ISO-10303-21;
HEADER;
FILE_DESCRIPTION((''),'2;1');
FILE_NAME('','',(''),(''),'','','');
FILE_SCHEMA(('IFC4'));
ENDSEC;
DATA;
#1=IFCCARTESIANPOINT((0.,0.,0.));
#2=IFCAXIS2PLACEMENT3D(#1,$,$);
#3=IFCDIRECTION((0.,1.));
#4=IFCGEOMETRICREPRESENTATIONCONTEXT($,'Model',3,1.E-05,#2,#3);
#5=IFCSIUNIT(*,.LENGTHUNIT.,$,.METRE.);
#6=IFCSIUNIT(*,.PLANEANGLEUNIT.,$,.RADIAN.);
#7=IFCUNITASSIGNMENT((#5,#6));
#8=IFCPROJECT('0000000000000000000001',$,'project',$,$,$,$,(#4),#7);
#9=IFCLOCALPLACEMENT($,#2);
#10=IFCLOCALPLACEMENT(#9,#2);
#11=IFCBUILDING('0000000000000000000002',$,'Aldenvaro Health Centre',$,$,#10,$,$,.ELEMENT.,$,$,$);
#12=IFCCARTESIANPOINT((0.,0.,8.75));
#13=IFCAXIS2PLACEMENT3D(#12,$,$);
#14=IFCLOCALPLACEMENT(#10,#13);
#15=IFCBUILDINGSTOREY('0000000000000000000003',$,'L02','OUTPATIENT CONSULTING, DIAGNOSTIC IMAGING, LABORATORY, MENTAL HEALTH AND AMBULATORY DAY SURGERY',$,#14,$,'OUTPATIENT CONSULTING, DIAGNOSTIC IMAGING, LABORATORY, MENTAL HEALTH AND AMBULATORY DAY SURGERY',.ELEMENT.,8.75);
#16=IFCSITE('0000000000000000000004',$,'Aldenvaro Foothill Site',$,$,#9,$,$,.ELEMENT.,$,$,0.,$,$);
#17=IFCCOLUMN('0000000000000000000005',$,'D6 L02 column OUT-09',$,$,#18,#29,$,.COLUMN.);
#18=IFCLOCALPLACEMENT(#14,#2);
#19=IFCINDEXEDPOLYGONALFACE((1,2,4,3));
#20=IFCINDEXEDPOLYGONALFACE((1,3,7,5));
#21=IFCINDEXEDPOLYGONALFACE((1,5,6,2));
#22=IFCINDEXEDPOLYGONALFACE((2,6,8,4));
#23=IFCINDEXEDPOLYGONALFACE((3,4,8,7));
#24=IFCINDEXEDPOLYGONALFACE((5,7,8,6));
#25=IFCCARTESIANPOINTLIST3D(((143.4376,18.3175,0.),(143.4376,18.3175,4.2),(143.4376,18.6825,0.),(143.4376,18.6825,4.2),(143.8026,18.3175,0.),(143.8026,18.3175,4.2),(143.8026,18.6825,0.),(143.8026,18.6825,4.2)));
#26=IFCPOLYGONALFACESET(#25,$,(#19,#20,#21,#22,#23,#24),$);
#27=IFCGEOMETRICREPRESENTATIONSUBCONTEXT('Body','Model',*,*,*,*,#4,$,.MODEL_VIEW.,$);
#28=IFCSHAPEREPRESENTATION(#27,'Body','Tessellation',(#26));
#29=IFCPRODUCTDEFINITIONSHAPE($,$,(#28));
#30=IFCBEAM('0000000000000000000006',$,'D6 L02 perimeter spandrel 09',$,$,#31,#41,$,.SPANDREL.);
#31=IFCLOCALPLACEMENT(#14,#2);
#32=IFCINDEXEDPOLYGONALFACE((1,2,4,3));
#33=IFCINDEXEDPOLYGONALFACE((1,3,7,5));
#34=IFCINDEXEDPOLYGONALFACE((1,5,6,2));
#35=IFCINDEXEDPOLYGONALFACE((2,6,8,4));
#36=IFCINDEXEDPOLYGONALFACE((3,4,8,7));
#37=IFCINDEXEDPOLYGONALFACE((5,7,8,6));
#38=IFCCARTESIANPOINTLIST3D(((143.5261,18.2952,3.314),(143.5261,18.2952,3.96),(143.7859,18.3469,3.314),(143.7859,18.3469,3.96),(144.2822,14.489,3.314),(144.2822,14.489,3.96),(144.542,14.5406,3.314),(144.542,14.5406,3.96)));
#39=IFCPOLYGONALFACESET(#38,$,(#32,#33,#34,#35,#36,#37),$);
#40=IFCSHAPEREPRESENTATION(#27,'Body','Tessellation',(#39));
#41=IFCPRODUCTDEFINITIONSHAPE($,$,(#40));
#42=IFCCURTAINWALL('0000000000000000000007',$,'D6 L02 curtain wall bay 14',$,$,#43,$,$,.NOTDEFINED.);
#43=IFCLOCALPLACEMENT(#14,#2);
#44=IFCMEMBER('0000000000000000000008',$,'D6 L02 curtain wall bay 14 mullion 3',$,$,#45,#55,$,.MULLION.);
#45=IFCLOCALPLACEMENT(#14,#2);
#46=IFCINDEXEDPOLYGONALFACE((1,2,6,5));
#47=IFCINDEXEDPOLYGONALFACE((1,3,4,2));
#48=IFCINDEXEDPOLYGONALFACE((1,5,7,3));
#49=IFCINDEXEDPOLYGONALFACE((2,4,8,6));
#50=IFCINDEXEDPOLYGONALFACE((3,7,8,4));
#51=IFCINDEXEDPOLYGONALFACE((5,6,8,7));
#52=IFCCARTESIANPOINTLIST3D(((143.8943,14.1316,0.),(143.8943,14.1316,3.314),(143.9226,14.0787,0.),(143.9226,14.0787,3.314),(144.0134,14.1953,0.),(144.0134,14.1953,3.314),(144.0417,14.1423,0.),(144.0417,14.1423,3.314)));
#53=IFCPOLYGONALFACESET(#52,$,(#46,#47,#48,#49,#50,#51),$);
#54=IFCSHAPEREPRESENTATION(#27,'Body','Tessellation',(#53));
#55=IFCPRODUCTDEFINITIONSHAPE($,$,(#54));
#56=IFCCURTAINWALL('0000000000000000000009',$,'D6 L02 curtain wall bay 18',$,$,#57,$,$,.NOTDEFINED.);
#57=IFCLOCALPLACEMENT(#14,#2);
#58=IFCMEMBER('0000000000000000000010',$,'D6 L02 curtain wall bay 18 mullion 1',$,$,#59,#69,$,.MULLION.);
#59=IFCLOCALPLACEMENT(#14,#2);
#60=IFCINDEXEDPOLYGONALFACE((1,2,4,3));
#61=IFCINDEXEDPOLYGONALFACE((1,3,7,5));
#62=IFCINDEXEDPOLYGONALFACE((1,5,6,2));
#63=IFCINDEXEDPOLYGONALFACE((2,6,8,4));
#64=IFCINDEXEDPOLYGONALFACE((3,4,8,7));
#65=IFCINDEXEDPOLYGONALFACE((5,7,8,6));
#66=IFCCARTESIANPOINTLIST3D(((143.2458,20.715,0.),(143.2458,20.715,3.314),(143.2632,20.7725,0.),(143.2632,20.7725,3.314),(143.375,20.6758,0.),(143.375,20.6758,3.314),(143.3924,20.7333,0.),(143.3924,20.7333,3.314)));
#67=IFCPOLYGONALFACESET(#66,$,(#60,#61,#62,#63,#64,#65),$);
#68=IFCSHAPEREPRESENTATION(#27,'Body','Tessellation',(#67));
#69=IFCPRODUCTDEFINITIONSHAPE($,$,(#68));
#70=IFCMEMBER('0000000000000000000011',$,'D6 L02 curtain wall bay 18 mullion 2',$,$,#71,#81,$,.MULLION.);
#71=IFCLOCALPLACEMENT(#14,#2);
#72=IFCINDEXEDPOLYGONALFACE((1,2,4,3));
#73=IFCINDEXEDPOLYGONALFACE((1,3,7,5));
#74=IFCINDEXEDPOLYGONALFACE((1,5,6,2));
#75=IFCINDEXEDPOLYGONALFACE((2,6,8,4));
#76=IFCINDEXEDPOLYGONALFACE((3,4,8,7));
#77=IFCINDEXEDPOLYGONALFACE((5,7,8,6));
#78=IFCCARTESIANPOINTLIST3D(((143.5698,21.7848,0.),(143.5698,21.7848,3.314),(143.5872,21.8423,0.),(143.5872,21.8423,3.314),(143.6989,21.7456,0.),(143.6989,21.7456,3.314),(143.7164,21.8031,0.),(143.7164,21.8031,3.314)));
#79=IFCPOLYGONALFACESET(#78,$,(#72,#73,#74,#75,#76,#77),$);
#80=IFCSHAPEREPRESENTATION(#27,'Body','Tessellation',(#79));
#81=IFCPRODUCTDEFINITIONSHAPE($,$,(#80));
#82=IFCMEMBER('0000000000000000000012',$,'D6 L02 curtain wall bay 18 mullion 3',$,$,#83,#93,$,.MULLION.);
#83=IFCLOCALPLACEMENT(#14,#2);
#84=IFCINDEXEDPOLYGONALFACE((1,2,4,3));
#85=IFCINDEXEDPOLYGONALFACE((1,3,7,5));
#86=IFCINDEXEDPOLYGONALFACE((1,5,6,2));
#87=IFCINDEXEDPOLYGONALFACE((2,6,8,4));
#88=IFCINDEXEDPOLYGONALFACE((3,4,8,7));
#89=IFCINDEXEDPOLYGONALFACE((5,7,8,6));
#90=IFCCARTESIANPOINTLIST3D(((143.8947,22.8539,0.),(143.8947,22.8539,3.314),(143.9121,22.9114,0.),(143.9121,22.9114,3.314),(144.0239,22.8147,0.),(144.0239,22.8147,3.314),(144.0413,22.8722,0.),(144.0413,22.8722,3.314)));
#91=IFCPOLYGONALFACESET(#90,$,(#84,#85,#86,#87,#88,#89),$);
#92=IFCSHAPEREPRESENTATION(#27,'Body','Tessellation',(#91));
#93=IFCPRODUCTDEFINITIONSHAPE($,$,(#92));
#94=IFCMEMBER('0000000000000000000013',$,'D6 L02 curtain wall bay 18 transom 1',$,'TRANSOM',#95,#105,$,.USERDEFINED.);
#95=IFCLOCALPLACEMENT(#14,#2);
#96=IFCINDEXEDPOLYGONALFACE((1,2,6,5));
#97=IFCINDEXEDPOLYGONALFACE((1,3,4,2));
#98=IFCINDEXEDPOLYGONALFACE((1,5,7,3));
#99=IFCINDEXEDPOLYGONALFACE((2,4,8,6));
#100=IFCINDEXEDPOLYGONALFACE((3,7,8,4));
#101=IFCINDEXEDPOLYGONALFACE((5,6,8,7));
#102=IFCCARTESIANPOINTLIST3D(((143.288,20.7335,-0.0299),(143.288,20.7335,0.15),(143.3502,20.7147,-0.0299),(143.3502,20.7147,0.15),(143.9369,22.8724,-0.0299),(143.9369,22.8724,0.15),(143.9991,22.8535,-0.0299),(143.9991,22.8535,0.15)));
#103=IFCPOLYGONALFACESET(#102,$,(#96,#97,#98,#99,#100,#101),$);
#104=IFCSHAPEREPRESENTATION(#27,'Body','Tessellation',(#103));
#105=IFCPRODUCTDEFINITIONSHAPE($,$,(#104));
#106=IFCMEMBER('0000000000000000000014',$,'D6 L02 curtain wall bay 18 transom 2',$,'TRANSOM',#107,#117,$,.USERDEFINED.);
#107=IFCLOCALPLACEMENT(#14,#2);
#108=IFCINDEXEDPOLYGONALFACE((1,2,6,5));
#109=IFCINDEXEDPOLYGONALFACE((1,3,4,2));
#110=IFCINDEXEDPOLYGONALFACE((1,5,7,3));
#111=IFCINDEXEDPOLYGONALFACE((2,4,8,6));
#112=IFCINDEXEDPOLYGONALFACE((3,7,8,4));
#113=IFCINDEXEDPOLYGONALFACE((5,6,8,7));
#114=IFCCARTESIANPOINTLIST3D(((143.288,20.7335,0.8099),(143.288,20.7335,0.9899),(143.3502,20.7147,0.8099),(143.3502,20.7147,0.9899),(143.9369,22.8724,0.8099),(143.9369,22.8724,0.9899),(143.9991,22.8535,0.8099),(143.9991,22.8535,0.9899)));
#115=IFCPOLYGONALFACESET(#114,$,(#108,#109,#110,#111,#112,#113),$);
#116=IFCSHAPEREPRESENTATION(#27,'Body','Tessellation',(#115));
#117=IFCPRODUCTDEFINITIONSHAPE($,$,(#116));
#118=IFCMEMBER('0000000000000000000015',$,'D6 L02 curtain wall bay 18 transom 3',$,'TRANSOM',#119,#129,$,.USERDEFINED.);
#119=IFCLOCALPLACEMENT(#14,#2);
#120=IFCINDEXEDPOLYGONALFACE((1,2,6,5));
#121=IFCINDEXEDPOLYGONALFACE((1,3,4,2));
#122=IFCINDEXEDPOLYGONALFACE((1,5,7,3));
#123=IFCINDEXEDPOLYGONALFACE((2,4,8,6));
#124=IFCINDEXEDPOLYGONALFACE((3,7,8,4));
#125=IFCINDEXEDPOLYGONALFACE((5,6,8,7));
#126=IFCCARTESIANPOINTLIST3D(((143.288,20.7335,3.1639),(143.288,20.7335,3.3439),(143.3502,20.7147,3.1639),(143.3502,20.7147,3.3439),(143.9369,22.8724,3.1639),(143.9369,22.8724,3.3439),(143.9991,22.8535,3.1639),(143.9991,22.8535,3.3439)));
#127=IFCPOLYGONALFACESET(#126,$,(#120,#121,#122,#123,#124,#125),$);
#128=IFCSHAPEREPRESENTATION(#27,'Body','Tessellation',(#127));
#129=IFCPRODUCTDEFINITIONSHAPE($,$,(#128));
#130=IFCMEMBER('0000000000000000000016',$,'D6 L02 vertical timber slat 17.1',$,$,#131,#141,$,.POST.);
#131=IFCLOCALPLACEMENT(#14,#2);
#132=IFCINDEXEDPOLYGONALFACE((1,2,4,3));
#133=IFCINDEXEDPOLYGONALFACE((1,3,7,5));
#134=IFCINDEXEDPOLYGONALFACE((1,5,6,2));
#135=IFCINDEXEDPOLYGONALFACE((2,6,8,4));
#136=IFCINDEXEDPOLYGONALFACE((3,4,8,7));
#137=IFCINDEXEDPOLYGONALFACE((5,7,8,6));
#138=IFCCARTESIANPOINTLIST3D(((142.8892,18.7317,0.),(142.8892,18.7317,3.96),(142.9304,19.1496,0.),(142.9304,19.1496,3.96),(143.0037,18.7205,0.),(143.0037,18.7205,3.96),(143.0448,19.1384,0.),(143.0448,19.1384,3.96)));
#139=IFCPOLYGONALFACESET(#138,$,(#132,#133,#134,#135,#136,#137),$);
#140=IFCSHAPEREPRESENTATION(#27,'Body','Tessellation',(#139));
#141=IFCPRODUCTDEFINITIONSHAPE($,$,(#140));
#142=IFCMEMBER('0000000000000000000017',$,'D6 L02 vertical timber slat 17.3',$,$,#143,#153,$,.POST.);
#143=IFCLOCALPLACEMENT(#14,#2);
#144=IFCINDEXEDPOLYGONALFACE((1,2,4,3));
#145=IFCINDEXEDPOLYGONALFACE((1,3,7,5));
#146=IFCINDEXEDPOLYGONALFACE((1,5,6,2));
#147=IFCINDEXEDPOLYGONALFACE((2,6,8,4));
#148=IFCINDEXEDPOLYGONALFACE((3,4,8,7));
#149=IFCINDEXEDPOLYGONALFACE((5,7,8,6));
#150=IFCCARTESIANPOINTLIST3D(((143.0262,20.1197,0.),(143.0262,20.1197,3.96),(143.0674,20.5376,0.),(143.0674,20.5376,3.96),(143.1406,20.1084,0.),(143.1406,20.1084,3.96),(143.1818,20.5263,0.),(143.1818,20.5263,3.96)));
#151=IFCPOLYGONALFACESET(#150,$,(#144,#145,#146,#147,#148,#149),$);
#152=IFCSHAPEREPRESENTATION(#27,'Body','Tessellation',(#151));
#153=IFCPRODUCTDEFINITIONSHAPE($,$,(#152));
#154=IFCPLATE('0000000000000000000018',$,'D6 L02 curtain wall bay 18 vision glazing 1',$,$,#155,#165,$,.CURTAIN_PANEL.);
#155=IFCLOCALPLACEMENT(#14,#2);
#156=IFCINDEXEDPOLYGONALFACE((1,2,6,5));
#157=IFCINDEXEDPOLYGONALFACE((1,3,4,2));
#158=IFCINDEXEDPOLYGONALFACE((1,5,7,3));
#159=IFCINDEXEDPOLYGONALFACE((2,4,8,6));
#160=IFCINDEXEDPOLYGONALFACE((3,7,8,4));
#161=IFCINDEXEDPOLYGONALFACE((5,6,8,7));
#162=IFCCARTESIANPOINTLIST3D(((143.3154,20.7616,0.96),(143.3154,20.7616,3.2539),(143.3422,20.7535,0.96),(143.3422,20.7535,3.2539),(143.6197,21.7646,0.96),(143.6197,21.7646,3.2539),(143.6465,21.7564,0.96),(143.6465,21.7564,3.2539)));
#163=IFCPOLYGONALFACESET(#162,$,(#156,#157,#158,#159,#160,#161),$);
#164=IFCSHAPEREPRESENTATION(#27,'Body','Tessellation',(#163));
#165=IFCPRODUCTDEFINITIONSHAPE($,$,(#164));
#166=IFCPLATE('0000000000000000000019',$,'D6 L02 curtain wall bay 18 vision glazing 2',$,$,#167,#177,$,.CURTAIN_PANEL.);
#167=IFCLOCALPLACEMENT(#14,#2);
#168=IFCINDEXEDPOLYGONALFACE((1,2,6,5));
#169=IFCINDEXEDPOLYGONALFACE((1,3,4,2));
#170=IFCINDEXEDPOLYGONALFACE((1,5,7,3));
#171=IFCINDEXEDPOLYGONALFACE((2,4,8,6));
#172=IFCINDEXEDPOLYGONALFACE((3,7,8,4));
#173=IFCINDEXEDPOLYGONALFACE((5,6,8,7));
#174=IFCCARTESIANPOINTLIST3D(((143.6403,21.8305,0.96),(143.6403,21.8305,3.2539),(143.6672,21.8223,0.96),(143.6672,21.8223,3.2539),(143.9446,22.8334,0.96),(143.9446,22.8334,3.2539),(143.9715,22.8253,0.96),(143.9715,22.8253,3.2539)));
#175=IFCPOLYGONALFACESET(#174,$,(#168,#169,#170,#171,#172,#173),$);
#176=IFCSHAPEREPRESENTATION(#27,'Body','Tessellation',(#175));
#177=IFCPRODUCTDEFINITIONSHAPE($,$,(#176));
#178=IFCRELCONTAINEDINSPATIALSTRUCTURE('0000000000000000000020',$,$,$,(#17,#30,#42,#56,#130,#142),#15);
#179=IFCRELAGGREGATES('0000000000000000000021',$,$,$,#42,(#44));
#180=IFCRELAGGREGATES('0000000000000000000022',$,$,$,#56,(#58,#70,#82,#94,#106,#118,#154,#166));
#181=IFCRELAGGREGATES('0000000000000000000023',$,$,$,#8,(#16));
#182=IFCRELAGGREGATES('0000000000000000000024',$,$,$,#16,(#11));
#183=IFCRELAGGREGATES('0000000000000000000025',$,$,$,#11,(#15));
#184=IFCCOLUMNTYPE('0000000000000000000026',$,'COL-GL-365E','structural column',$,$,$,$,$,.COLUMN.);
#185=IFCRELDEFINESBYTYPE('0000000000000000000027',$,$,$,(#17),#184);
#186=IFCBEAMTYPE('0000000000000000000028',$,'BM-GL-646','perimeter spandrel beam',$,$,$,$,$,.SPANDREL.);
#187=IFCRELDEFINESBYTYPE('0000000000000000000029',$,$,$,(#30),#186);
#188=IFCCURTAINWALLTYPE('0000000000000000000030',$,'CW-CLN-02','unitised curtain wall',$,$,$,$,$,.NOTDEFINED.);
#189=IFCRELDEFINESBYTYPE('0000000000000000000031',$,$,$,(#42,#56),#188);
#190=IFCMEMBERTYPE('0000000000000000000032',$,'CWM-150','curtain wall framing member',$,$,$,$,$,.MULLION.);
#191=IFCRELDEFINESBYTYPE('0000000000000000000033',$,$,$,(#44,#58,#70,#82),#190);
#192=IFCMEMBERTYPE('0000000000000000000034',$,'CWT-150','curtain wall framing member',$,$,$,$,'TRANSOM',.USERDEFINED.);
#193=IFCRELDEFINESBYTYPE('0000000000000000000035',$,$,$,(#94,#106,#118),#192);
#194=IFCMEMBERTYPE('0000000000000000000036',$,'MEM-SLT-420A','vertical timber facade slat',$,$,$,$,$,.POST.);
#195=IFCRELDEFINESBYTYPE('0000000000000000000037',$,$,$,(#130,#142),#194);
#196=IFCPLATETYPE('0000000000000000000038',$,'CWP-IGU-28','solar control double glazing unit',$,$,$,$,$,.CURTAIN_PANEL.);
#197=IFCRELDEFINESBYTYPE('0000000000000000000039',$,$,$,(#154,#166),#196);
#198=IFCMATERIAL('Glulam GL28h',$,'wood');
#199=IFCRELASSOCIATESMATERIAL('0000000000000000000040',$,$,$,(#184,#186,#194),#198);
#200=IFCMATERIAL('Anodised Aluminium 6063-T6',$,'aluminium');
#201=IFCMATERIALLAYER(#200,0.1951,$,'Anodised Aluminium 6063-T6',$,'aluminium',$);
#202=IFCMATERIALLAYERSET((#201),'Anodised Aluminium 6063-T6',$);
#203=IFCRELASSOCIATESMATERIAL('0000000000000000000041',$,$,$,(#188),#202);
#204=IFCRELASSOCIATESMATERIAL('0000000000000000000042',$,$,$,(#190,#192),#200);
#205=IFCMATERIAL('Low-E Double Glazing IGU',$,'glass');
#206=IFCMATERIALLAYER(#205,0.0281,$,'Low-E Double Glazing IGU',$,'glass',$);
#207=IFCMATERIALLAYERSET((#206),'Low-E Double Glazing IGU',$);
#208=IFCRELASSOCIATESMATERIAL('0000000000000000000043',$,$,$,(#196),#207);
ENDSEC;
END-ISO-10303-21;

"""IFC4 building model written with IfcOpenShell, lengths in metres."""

from ifc_helpers import new_model, si_unit, direction, frame, origin, origin_2d, place, context, subcontext, project, spatial, rectangle, extrude, material, layer, layer_set, material_profile, profile_set, type_object, element, aggregate, save


model = new_model("IFC4")

# Units and contexts
model_context = context("Model", 3, precision=1e-05, world=origin(), true_north=direction((0.0, 1.0)))
body_context = subcontext(model_context, "Body", "Model", "MODEL_VIEW")
ifc_project = project(units=[si_unit("LENGTHUNIT", "METRE"), si_unit("PLANEANGLEUNIT", "RADIAN")], contexts=[model_context])

# Site, building, storey
site_placement = place(None, origin())
site = spatial("IfcSite", under=ifc_project, at=site_placement, Name="Aldenvaro Foothill Site", CompositionType="ELEMENT", RefElevation=0.0)
building_placement = place(site_placement, origin())
building = spatial("IfcBuilding", under=site, at=building_placement, Name="Aldenvaro Health Centre", CompositionType="ELEMENT")
storey_placement = place(building_placement, frame((0.0, 0.0, 8.75)))
storey = spatial("IfcBuildingStorey", under=building, at=storey_placement, Name="L02", Description="OUTPATIENT CONSULTING, DIAGNOSTIC IMAGING, LABORATORY, MENTAL HEALTH AND AMBULATORY DAY SURGERY", LongName="OUTPATIENT CONSULTING, DIAGNOSTIC IMAGING, LABORATORY, MENTAL HEALTH AND AMBULATORY DAY SURGERY", CompositionType="ELEMENT", Elevation=8.75)

# Column
ifc_material_1 = material(Name="Glulam GL28h", Category="wood")
ifc_material_profile_1 = material_profile(ifc_material_1, rectangle(XDim=0.365, YDim=0.365, at=origin_2d()), Name="GL 365x365", Category="wood")
ifc_profile_set_1 = profile_set([ifc_material_profile_1], Name="Glulam GL28h")
column_type = type_object("IfcColumnType", Name="COL-GL-365E", Description="structural column", PredefinedType="COLUMN", material=ifc_profile_set_1)
column_placement = place(storey_placement, frame((143.6201, 18.5, 0.0), z_axis=(0.0, 0.0, 1.0), x_axis=(1.0, 0.0, 0.0)))
element("IfcColumn", 1, at=column_placement, inside=storey, type_object=column_type, Name="D6 L02 column OUT-09", PredefinedType="COLUMN", context=body_context, shape_type="SweptSolid", body=[
    extrude(rectangle(XDim=0.365, YDim=0.365, at=origin_2d()), origin(), (0.0, 0.0, 1.0), 4.2),
])

# Beam
ifc_material_profile_2 = material_profile(ifc_material_1, rectangle(XDim=0.2649, YDim=0.646, at=origin_2d()), Name="GL 265x646", Category="wood")
ifc_profile_set_2 = profile_set([ifc_material_profile_2], Name="Glulam GL28h")
beam_type = type_object("IfcBeamType", Name="BM-GL-646", Description="perimeter spandrel beam", PredefinedType="SPANDREL", material=ifc_profile_set_2)
beam_placement = place(storey_placement, frame((143.656, 18.321, 3.637), z_axis=(0.194846, -0.980834, 0.0), x_axis=(0.980834, 0.194846, 0.0)))
element("IfcBeam", 2, at=beam_placement, inside=storey, type_object=beam_type, Name="D6 L02 perimeter spandrel 09", PredefinedType="SPANDREL", context=body_context, shape_type="SweptSolid", body=[
    extrude(rectangle(XDim=0.2649, YDim=0.646, at=origin_2d()), origin(), (0.0, 0.0, 1.0), 3.8806),
])

# Curtain wall, member
ifc_material_2 = material(Name="Anodised Aluminium 6063-T6", Category="aluminium")
ifc_layer_1 = layer(ifc_material_2, 0.1951, Name="Anodised Aluminium 6063-T6", Category="aluminium")
ifc_layer_set_1 = layer_set([ifc_layer_1], Name="Anodised Aluminium 6063-T6")
curtain_wall_type = type_object("IfcCurtainWallType", Name="CW-CLN-02", Description="unitised curtain wall", PredefinedType="NOTDEFINED", material=ifc_layer_set_1)
curtain_wall_1_placement = place(storey_placement, origin())
curtain_wall_1 = element("IfcCurtainWall", 3, at=curtain_wall_1_placement, inside=storey, type_object=curtain_wall_type, Name="D6 L02 curtain wall bay 14", PredefinedType="NOTDEFINED")
ifc_material_profile_3 = material_profile(ifc_material_2, rectangle(XDim=0.0601, YDim=0.135, at=origin_2d()), Name="ALU 60x135", Category="aluminium")
ifc_profile_set_3 = profile_set([ifc_material_profile_3], Name="Anodised Aluminium 6063-T6")
member_type_1 = type_object("IfcMemberType", Name="CWM-150", Description="curtain wall framing member", PredefinedType="MULLION", material=ifc_profile_set_3)
member_1_placement = place(storey_placement, frame((143.968, 14.137, 0.0), z_axis=(0.0, 0.0, 1.0), x_axis=(-0.471215, 0.882018, 0.0)))
member_1 = element("IfcMember", 4, at=member_1_placement, type_object=member_type_1, Name="D6 L02 curtain wall bay 14 mullion 3", PredefinedType="MULLION", context=body_context, shape_type="SweptSolid", body=[
    extrude(rectangle(XDim=0.0601, YDim=0.135, at=origin_2d()), origin(), (0.0, 0.0, 1.0), 3.314),
])

# Curtain wall, members
curtain_wall_2_placement = place(storey_placement, origin())
curtain_wall_2 = element("IfcCurtainWall", 5, at=curtain_wall_2_placement, inside=storey, type_object=curtain_wall_type, Name="D6 L02 curtain wall bay 18", PredefinedType="NOTDEFINED")
member_2_placement = place(storey_placement, frame((143.3191, 20.7241, 0.0), z_axis=(0.0, 0.0, 1.0), x_axis=(0.290343, 0.956923, 0.0)))
member_2 = element("IfcMember", 6, at=member_2_placement, type_object=member_type_1, Name="D6 L02 curtain wall bay 18 mullion 1", PredefinedType="MULLION", context=body_context, shape_type="SweptSolid", body=[
    extrude(rectangle(XDim=0.0601, YDim=0.135, at=origin_2d()), origin(), (0.0, 0.0, 1.0), 3.314),
])
member_3_placement = place(storey_placement, frame((143.6431, 21.7939, 0.0), z_axis=(0.0, 0.0, 1.0), x_axis=(0.290343, 0.956923, 0.0)))
member_3 = element("IfcMember", 7, at=member_3_placement, type_object=member_type_1, Name="D6 L02 curtain wall bay 18 mullion 2", PredefinedType="MULLION", context=body_context, shape_type="SweptSolid", body=[
    extrude(rectangle(XDim=0.0601, YDim=0.135, at=origin_2d()), origin(), (0.0, 0.0, 1.0), 3.314),
])
member_4_placement = place(storey_placement, frame((143.968, 22.863, 0.0), z_axis=(0.0, 0.0, 1.0), x_axis=(0.290343, 0.956923, 0.0)))
member_4 = element("IfcMember", 8, at=member_4_placement, type_object=member_type_1, Name="D6 L02 curtain wall bay 18 mullion 3", PredefinedType="MULLION", context=body_context, shape_type="SweptSolid", body=[
    extrude(rectangle(XDim=0.0601, YDim=0.135, at=origin_2d()), origin(), (0.0, 0.0, 1.0), 3.314),
])
ifc_material_profile_4 = material_profile(ifc_material_2, rectangle(XDim=0.0649, YDim=0.1799, at=origin_2d()), Name="ALU 65x180", Category="aluminium")
ifc_profile_set_4 = profile_set([ifc_material_profile_4], Name="Anodised Aluminium 6063-T6")
member_type_2 = type_object("IfcMemberType", Name="CWT-150", Description="curtain wall framing member", ElementType="TRANSOM", PredefinedType="USERDEFINED", material=ifc_profile_set_4)
member_5_placement = place(storey_placement, frame((143.3191, 20.7241, 0.0601), z_axis=(0.290323, 0.956929, 0.0), x_axis=(-0.956929, 0.290323, 0.0)))
member_5 = element("IfcMember", 9, at=member_5_placement, type_object=member_type_2, Name="D6 L02 curtain wall bay 18 transom 1", ObjectType="TRANSOM", PredefinedType="USERDEFINED", context=body_context, shape_type="SweptSolid", body=[
    extrude(rectangle(XDim=0.0649, YDim=0.1799, at=origin_2d()), origin(), (0.0, 0.0, 1.0), 2.2351),
])
member_6_placement = place(storey_placement, frame((143.3191, 20.7241, 0.8999), z_axis=(0.290323, 0.956929, 0.0), x_axis=(-0.956929, 0.290323, 0.0)))
member_6 = element("IfcMember", 10, at=member_6_placement, type_object=member_type_2, Name="D6 L02 curtain wall bay 18 transom 2", ObjectType="TRANSOM", PredefinedType="USERDEFINED", context=body_context, shape_type="SweptSolid", body=[
    extrude(rectangle(XDim=0.0649, YDim=0.1799, at=origin_2d()), origin(), (0.0, 0.0, 1.0), 2.2351),
])
member_7_placement = place(storey_placement, frame((143.3191, 20.7241, 3.2539), z_axis=(0.290323, 0.956929, 0.0), x_axis=(-0.956929, 0.290323, 0.0)))
member_7 = element("IfcMember", 11, at=member_7_placement, type_object=member_type_2, Name="D6 L02 curtain wall bay 18 transom 3", ObjectType="TRANSOM", PredefinedType="USERDEFINED", context=body_context, shape_type="SweptSolid", body=[
    extrude(rectangle(XDim=0.0649, YDim=0.1799, at=origin_2d()), origin(), (0.0, 0.0, 1.0), 2.2351),
])

# Members
ifc_material_profile_5 = material_profile(ifc_material_1, rectangle(XDim=0.115, YDim=0.4199, at=origin_2d()), Name="GL 115x420", Category="wood")
ifc_profile_set_5 = profile_set([ifc_material_profile_5], Name="Glulam GL28h")
member_type_3 = type_object("IfcMemberType", Name="MEM-SLT-420A", Description="vertical timber facade slat", PredefinedType="POST", material=ifc_profile_set_5)
for number, where, z_axis, x_axis, name in (
    (12, (142.967, 18.9351, 0.0), (0.0, 0.0, 1.0), (-0.995187, 0.097997, 0.0), "D6 L02 vertical timber slat 17.1"),
    (13, (143.104, 20.323, 0.0), (0.0, 0.0, 1.0), (-0.995187, 0.097997, 0.0), "D6 L02 vertical timber slat 17.3"),
):
    element("IfcMember", number, at=place(storey_placement, frame(where, z_axis=z_axis, x_axis=x_axis)), inside=storey, type_object=member_type_3, Name=name, PredefinedType="POST", context=body_context, shape_type="SweptSolid", body=[
        extrude(rectangle(XDim=0.115, YDim=0.4199, at=origin_2d()), origin(), (0.0, 0.0, 1.0), 3.96),
    ])

# Plates
ifc_material_3 = material(Name="Low-E Double Glazing IGU", Category="glass")
ifc_layer_2 = layer(ifc_material_3, 0.0281, Name="Low-E Double Glazing IGU", Category="glass")
ifc_layer_set_2 = layer_set([ifc_layer_2], Name="Low-E Double Glazing IGU")
plate_type_1 = type_object("IfcPlateType", Name="CWP-IGU-28", Description="solar control double glazing unit", PredefinedType="CURTAIN_PANEL", material=ifc_layer_set_2)
plate_1_placement = place(storey_placement, frame((143.481, 21.259, 0.96), z_axis=(0.0, 0.0, 1.0), x_axis=(0.290343, 0.956923, 0.0)))
plate_1 = element("IfcPlate", 14, at=plate_1_placement, type_object=plate_type_1, Name="D6 L02 curtain wall bay 18 vision glazing 1", PredefinedType="CURTAIN_PANEL", context=body_context, shape_type="SweptSolid", body=[
    extrude(rectangle(XDim=1.0481, YDim=0.0281, at=origin_2d()), origin(), (0.0, 0.0, 1.0), 2.2939),
])
plate_2_placement = place(storey_placement, frame((143.8059, 22.3279, 0.96), z_axis=(0.0, 0.0, 1.0), x_axis=(0.290343, 0.956923, 0.0)))
plate_2 = element("IfcPlate", 15, at=plate_2_placement, type_object=plate_type_1, Name="D6 L02 curtain wall bay 18 vision glazing 2", PredefinedType="CURTAIN_PANEL", context=body_context, shape_type="SweptSolid", body=[
    extrude(rectangle(XDim=1.0481, YDim=0.0281, at=origin_2d()), origin(), (0.0, 0.0, 1.0), 2.2939),
])
aggregate(curtain_wall_1, [member_1])
aggregate(curtain_wall_2, [member_2, member_3, member_4, member_5, member_6, member_7, plate_1, plate_2])

save(model, "model.ifc")
